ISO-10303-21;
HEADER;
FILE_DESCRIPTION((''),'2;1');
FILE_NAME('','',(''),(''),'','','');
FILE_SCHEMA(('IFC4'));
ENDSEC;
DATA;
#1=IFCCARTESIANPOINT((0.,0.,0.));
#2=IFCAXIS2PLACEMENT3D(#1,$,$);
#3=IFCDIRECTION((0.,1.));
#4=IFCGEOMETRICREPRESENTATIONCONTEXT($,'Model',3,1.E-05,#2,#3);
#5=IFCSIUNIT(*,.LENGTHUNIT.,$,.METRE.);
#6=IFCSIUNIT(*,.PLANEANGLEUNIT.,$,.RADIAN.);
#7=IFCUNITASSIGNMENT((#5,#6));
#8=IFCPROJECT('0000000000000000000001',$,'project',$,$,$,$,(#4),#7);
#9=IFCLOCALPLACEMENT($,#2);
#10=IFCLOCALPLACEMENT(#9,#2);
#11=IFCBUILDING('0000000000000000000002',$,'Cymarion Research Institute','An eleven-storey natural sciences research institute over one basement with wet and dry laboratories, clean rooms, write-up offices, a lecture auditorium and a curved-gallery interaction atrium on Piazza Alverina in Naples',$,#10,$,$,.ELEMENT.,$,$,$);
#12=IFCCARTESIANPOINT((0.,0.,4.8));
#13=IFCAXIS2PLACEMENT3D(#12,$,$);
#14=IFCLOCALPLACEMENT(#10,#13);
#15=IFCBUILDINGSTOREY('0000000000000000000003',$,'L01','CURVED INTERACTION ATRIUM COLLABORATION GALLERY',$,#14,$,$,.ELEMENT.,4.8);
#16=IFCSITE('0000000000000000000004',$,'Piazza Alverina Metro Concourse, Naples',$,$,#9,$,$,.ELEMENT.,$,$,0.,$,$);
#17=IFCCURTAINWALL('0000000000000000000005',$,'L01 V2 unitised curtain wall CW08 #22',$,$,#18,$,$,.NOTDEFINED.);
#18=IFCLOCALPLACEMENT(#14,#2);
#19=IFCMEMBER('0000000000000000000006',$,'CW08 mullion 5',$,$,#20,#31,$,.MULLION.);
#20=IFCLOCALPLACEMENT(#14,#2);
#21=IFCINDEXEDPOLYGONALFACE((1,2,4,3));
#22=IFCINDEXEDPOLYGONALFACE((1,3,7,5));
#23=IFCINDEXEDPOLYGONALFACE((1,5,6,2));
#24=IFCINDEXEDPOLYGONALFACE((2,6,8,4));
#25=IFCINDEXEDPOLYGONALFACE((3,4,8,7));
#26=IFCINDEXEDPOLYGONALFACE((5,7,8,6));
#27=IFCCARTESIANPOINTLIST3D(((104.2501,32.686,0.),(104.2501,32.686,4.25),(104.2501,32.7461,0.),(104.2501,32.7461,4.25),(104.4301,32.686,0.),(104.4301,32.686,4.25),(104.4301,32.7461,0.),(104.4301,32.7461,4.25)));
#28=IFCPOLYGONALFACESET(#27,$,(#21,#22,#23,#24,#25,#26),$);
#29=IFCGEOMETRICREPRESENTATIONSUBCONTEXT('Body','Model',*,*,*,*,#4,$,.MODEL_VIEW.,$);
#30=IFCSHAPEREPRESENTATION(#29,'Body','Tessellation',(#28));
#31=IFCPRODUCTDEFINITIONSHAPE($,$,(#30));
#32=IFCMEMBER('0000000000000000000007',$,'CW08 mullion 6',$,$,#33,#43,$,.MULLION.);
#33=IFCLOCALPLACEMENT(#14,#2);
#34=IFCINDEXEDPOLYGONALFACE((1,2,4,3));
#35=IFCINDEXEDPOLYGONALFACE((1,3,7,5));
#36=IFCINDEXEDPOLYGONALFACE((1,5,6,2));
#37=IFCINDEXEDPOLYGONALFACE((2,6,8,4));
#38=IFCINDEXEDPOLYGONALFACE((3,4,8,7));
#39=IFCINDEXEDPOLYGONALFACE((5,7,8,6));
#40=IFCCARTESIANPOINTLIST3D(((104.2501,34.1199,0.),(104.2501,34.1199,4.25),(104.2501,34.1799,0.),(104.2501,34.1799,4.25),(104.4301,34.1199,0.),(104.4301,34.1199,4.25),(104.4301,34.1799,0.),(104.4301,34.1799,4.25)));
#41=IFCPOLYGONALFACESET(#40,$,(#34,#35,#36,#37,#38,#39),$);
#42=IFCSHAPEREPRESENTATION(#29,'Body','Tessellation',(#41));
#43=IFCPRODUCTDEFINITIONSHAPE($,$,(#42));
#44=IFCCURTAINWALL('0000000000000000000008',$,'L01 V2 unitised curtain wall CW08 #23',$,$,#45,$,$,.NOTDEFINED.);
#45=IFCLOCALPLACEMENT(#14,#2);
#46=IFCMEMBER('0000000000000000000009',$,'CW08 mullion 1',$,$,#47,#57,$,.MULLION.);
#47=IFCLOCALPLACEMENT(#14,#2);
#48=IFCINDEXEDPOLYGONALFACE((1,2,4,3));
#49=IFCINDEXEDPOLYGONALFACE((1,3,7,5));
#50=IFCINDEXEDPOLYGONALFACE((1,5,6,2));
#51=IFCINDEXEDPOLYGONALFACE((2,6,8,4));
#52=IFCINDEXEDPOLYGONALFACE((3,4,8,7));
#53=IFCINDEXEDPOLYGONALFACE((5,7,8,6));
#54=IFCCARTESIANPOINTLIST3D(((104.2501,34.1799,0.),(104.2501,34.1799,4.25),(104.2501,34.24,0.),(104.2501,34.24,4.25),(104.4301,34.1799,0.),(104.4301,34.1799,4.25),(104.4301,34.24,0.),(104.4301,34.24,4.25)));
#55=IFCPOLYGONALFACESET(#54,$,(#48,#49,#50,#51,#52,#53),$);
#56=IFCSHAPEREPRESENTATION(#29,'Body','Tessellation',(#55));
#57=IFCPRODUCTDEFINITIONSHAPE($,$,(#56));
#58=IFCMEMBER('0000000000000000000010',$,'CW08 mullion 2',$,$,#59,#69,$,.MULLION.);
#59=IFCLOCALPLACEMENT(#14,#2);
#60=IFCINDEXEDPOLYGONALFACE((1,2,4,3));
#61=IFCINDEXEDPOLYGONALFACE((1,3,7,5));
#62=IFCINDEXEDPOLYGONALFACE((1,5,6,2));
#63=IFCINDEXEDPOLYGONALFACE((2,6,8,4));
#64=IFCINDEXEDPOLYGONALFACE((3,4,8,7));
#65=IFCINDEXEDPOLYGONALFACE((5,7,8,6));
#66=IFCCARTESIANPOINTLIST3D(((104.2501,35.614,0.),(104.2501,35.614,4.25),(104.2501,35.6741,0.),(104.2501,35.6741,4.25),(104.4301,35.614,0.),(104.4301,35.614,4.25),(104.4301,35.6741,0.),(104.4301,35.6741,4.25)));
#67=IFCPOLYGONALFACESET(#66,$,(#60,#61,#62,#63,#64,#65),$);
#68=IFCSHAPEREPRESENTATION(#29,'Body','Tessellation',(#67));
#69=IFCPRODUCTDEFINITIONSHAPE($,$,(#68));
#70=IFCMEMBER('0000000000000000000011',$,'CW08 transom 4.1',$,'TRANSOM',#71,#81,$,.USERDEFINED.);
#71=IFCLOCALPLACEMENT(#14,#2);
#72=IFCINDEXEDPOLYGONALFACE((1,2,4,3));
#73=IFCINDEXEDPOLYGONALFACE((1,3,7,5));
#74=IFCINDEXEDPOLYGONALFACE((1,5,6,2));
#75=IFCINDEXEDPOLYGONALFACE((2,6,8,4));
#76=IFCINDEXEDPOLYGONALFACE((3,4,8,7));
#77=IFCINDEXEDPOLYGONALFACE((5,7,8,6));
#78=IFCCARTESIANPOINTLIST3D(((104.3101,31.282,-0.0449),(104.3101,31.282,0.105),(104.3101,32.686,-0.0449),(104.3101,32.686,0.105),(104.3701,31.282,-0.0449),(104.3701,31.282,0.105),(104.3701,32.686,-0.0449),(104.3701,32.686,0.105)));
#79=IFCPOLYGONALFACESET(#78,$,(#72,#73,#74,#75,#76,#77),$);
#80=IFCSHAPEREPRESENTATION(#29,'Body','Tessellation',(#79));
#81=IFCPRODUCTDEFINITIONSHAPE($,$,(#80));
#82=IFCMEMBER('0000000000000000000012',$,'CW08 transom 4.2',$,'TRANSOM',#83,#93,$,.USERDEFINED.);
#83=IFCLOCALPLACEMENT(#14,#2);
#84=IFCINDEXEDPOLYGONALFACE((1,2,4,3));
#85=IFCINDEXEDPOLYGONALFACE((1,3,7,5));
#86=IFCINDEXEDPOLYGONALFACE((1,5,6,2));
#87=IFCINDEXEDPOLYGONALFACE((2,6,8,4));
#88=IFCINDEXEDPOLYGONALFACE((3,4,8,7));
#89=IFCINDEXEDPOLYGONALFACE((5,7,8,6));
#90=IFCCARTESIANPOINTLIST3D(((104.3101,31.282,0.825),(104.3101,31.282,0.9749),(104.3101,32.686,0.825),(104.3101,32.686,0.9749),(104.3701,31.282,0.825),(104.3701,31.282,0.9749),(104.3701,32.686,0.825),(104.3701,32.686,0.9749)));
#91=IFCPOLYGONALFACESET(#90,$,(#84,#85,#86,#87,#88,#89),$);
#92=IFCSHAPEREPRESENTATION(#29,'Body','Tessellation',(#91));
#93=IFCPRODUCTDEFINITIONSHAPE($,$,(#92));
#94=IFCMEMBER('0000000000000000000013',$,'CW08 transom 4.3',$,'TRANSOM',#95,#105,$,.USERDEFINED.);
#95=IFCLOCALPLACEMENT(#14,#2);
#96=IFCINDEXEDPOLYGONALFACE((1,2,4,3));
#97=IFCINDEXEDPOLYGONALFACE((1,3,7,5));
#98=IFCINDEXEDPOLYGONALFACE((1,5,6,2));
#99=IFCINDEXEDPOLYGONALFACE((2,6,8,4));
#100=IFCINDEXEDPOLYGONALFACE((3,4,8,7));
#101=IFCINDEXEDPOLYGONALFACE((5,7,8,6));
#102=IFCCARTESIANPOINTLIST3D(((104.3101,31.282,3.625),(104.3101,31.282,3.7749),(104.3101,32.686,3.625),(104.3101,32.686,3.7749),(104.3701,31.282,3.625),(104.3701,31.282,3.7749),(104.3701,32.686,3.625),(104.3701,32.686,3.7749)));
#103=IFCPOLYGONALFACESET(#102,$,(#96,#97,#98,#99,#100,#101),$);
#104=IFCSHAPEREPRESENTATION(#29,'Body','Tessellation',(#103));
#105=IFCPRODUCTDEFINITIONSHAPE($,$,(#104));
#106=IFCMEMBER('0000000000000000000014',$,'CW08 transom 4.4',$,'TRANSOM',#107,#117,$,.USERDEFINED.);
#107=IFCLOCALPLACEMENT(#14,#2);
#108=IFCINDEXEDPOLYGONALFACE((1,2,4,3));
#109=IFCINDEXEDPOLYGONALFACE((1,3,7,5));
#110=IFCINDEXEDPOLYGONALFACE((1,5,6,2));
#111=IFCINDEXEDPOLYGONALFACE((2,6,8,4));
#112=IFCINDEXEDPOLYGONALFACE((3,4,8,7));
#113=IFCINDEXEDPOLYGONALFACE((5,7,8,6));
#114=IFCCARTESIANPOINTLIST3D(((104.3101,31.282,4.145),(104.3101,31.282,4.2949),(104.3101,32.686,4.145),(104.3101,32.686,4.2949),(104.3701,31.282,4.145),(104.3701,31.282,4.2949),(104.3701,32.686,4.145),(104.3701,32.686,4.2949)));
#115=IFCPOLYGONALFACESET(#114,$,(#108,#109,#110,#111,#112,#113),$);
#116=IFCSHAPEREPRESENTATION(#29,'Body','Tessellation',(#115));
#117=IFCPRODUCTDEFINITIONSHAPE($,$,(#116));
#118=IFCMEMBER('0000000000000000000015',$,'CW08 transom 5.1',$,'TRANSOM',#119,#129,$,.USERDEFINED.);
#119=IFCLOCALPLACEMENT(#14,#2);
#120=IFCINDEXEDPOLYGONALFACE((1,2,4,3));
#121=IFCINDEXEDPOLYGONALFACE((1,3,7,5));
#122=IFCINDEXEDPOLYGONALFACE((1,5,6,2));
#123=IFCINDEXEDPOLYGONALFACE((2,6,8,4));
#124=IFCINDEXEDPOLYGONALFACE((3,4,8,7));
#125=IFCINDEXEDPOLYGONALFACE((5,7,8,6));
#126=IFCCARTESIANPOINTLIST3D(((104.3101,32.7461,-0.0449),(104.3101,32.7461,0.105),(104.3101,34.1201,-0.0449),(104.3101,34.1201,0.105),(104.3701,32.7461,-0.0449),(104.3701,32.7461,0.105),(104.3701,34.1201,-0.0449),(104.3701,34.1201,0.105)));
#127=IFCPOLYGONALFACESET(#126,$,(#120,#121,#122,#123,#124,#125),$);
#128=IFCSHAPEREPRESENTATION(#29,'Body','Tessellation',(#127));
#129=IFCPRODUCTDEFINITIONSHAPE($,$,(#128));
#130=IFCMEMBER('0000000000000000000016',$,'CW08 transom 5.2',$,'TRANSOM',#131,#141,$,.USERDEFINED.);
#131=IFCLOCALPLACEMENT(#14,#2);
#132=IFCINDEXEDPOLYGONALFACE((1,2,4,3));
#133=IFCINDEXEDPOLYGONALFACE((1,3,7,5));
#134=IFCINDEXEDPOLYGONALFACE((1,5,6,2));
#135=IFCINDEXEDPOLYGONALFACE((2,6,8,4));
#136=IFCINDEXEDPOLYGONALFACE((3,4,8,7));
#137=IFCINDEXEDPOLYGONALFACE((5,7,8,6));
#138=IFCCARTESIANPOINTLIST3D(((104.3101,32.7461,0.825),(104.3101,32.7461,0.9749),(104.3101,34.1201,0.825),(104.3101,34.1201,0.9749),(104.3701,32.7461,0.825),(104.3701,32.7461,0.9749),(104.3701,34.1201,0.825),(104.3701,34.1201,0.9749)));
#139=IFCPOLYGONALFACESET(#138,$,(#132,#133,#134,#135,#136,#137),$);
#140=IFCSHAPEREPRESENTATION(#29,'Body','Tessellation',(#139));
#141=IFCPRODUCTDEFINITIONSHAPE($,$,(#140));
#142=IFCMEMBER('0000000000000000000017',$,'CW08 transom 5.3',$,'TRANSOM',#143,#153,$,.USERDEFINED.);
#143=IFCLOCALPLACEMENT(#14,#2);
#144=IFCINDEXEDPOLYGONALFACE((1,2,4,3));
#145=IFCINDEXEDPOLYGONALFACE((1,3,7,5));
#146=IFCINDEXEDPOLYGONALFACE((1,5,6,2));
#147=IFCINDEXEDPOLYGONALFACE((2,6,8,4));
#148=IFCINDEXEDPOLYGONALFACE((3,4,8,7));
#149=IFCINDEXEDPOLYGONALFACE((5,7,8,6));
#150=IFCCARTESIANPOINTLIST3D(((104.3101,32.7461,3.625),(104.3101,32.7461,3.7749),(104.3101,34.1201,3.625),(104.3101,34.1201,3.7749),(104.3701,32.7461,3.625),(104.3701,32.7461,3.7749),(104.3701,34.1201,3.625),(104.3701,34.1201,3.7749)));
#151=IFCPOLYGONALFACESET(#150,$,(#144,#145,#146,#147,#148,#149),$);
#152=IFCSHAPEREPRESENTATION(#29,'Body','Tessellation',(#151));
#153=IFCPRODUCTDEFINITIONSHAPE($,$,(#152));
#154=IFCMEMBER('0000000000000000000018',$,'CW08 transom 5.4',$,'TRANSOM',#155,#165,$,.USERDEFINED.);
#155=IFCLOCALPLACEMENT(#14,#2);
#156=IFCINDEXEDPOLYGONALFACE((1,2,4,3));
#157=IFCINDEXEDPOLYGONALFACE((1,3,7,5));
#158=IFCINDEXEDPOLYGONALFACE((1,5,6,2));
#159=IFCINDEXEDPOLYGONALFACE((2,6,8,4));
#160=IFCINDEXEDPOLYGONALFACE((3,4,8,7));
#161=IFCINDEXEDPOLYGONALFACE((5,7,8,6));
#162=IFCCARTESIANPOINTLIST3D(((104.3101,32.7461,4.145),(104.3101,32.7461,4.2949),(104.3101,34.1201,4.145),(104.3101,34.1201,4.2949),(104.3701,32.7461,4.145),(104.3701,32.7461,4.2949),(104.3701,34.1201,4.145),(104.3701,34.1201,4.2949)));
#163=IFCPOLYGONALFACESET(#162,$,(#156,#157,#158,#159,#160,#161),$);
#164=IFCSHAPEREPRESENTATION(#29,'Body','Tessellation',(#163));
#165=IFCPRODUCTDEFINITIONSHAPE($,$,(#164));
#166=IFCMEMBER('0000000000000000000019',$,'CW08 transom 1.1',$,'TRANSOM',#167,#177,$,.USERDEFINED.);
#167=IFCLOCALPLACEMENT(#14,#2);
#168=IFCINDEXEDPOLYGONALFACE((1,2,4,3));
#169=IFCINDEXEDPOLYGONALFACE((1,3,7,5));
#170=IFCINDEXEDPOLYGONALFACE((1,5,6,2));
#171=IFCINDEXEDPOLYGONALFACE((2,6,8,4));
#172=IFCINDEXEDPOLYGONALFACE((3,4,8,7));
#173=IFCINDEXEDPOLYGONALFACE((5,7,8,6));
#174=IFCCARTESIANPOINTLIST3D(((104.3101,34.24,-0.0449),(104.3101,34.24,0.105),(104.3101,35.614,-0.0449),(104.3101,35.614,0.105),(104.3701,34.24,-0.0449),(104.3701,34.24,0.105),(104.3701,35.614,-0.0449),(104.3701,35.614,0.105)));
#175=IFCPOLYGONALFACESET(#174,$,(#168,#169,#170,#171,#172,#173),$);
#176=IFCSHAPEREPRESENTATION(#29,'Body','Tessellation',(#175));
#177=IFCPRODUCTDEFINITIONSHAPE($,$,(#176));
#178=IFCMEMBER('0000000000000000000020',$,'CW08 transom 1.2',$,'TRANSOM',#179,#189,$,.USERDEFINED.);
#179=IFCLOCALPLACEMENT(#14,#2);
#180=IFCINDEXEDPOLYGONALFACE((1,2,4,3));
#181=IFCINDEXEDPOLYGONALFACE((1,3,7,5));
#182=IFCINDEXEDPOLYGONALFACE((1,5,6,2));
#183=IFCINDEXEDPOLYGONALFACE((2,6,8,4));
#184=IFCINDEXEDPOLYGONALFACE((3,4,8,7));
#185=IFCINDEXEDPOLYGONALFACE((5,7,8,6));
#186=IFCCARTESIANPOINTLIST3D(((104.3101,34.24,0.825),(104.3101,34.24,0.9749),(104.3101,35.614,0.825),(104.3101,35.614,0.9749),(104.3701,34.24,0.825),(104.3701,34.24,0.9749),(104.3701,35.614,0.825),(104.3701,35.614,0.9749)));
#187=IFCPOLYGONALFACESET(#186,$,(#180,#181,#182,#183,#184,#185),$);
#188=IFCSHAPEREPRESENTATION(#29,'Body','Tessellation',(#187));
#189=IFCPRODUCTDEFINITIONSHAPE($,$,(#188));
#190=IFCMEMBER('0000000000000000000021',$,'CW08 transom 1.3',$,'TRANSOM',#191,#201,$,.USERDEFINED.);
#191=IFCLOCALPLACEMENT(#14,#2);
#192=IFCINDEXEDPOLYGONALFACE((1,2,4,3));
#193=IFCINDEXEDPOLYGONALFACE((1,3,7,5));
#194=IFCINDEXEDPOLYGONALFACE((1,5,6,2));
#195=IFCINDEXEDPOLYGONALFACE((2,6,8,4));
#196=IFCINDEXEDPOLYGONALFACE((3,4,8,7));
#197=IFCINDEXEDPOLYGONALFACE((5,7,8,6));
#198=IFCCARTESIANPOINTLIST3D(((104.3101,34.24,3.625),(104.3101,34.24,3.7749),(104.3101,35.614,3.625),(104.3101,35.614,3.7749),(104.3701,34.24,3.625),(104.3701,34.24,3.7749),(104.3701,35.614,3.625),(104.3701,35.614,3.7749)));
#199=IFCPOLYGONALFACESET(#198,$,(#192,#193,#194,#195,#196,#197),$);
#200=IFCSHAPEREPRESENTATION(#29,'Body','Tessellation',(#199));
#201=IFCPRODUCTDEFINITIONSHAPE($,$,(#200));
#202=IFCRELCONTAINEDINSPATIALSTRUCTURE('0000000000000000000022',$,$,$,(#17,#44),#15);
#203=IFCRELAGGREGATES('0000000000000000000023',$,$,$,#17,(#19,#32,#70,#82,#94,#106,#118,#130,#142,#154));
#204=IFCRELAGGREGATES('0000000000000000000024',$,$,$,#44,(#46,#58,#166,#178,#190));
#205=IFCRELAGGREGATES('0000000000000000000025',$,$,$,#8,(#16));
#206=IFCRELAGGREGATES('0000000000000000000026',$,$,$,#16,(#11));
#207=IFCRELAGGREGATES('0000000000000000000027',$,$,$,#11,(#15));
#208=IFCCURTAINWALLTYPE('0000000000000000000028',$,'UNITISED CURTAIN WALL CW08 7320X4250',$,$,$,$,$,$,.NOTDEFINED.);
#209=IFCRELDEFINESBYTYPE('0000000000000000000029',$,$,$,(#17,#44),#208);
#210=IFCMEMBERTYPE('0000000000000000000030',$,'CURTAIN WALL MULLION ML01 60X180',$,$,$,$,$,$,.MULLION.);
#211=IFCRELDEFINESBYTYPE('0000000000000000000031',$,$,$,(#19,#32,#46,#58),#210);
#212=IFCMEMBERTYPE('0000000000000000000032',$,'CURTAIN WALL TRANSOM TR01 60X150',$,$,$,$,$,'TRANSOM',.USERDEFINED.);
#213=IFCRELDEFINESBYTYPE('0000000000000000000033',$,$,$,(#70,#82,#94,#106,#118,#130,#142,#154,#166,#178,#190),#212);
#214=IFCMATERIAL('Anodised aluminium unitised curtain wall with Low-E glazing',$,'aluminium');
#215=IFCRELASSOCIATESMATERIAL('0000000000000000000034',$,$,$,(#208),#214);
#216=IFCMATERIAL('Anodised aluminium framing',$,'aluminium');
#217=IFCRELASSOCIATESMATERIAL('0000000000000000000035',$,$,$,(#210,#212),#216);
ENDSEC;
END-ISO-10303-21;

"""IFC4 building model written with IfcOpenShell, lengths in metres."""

from ifc_helpers import new_model, si_unit, direction, frame, origin, origin_2d, place, context, subcontext, project, spatial, rectangle, extrude, material, material_profile, profile_set, type_object, element, aggregate, save


model = new_model("IFC4")

# Units and contexts
model_context = context("Model", 3, precision=1e-05, world=origin(), true_north=direction((0.0, 1.0)))
body_context = subcontext(model_context, "Body", "Model", "MODEL_VIEW")
ifc_project = project(units=[si_unit("LENGTHUNIT", "METRE"), si_unit("PLANEANGLEUNIT", "RADIAN")], contexts=[model_context])

# Site, building, storey
site_placement = place(None, origin())
site = spatial("IfcSite", under=ifc_project, at=site_placement, Name="Piazza Alverina Metro Concourse, Naples", CompositionType="ELEMENT", RefElevation=0.0)
building_placement = place(site_placement, origin())
building = spatial("IfcBuilding", under=site, at=building_placement, Name="Cymarion Research Institute", Description="An eleven-storey natural sciences research institute over one basement with wet and dry laboratories, clean rooms, write-up offices, a lecture auditorium and a curved-gallery interaction atrium on Piazza Alverina in Naples", CompositionType="ELEMENT")
storey_placement = place(building_placement, frame((0.0, 0.0, 4.8)))
storey = spatial("IfcBuildingStorey", under=building, at=storey_placement, Name="L01", Description="CURVED INTERACTION ATRIUM COLLABORATION GALLERY", CompositionType="ELEMENT", Elevation=4.8)

# Curtain walls, members
ifc_material_1 = material(Name="Anodised aluminium unitised curtain wall with Low-E glazing", Category="aluminium")
curtain_wall_type = type_object("IfcCurtainWallType", Name="UNITISED CURTAIN WALL CW08 7320X4250", PredefinedType="NOTDEFINED", material=ifc_material_1)
curtain_wall_1_placement = place(storey_placement, origin())
curtain_wall_1 = element("IfcCurtainWall", 1, at=curtain_wall_1_placement, inside=storey, type_object=curtain_wall_type, Name="L01 V2 unitised curtain wall CW08 #22", PredefinedType="NOTDEFINED")
ifc_material_2 = material(Name="Anodised aluminium framing", Category="aluminium")
ifc_material_profile_1 = material_profile(ifc_material_2, rectangle(XDim=0.0601, YDim=0.1799, at=origin_2d()), Name="ALU MULLION 60x180")
ifc_profile_set_1 = profile_set([ifc_material_profile_1], Name="Anodised aluminium framing")
member_type_1 = type_object("IfcMemberType", Name="CURTAIN WALL MULLION ML01 60X180", PredefinedType="MULLION", material=ifc_profile_set_1)
member_1_placement = place(storey_placement, frame((104.3401, 32.7161, 0.0), z_axis=(0.0, 0.0, 1.0), x_axis=(0.0, 1.0, 0.0)))
member_1 = element("IfcMember", 2, at=member_1_placement, type_object=member_type_1, Name="CW08 mullion 5", PredefinedType="MULLION", context=body_context, shape_type="SweptSolid", body=[
    extrude(rectangle(XDim=0.0601, YDim=0.1799, at=origin_2d()), origin(), (0.0, 0.0, 1.0), 4.25),
])
member_2_placement = place(storey_placement, frame((104.3401, 34.1499, 0.0), z_axis=(0.0, 0.0, 1.0), x_axis=(0.0, 1.0, 0.0)))
member_2 = element("IfcMember", 3, at=member_2_placement, type_object=member_type_1, Name="CW08 mullion 6", PredefinedType="MULLION", context=body_context, shape_type="SweptSolid", body=[
    extrude(rectangle(XDim=0.0601, YDim=0.1799, at=origin_2d()), origin(), (0.0, 0.0, 1.0), 4.25),
])
curtain_wall_2_placement = place(storey_placement, origin())
curtain_wall_2 = element("IfcCurtainWall", 4, at=curtain_wall_2_placement, inside=storey, type_object=curtain_wall_type, Name="L01 V2 unitised curtain wall CW08 #23", PredefinedType="NOTDEFINED")
member_3_placement = place(storey_placement, frame((104.3401, 34.21, 0.0), z_axis=(0.0, 0.0, 1.0), x_axis=(0.0, 1.0, 0.0)))
member_3 = element("IfcMember", 5, at=member_3_placement, type_object=member_type_1, Name="CW08 mullion 1", PredefinedType="MULLION", context=body_context, shape_type="SweptSolid", body=[
    extrude(rectangle(XDim=0.0601, YDim=0.1799, at=origin_2d()), origin(), (0.0, 0.0, 1.0), 4.25),
])
member_4_placement = place(storey_placement, frame((104.3401, 35.644, 0.0), z_axis=(0.0, 0.0, 1.0), x_axis=(0.0, 1.0, 0.0)))
member_4 = element("IfcMember", 6, at=member_4_placement, type_object=member_type_1, Name="CW08 mullion 2", PredefinedType="MULLION", context=body_context, shape_type="SweptSolid", body=[
    extrude(rectangle(XDim=0.0601, YDim=0.1799, at=origin_2d()), origin(), (0.0, 0.0, 1.0), 4.25),
])

# Members
ifc_material_profile_2 = material_profile(ifc_material_2, rectangle(XDim=0.0601, YDim=0.1499, at=origin_2d()), Name="ALU TRANSOM 60x150")
ifc_profile_set_2 = profile_set([ifc_material_profile_2], Name="Anodised aluminium framing")
member_type_2 = type_object("IfcMemberType", Name="CURTAIN WALL TRANSOM TR01 60X150", ElementType="TRANSOM", PredefinedType="USERDEFINED", material=ifc_profile_set_2)
member_5_placement = place(storey_placement, frame((104.3401, 31.282, 0.03), z_axis=(0.0, 1.0, 0.0), x_axis=(-1.0, 0.0, 0.0)))
member_5 = element("IfcMember", 7, at=member_5_placement, type_object=member_type_2, Name="CW08 transom 4.1", ObjectType="TRANSOM", PredefinedType="USERDEFINED", context=body_context, shape_type="SweptSolid", body=[
    extrude(rectangle(XDim=0.0601, YDim=0.1499, at=origin_2d()), origin(), (0.0, 0.0, 1.0), 1.4041),
])
member_6_placement = place(storey_placement, frame((104.3401, 31.282, 0.8999), z_axis=(0.0, 1.0, 0.0), x_axis=(-1.0, 0.0, 0.0)))
member_6 = element("IfcMember", 8, at=member_6_placement, type_object=member_type_2, Name="CW08 transom 4.2", ObjectType="TRANSOM", PredefinedType="USERDEFINED", context=body_context, shape_type="SweptSolid", body=[
    extrude(rectangle(XDim=0.0601, YDim=0.1499, at=origin_2d()), origin(), (0.0, 0.0, 1.0), 1.4041),
])
member_7_placement = place(storey_placement, frame((104.3401, 31.282, 3.7), z_axis=(0.0, 1.0, 0.0), x_axis=(-1.0, 0.0, 0.0)))
member_7 = element("IfcMember", 9, at=member_7_placement, type_object=member_type_2, Name="CW08 transom 4.3", ObjectType="TRANSOM", PredefinedType="USERDEFINED", context=body_context, shape_type="SweptSolid", body=[
    extrude(rectangle(XDim=0.0601, YDim=0.1499, at=origin_2d()), origin(), (0.0, 0.0, 1.0), 1.4041),
])
member_8_placement = place(storey_placement, frame((104.3401, 31.282, 4.22), z_axis=(0.0, 1.0, 0.0), x_axis=(-1.0, 0.0, 0.0)))
member_8 = element("IfcMember", 10, at=member_8_placement, type_object=member_type_2, Name="CW08 transom 4.4", ObjectType="TRANSOM", PredefinedType="USERDEFINED", context=body_context, shape_type="SweptSolid", body=[
    extrude(rectangle(XDim=0.0601, YDim=0.1499, at=origin_2d()), origin(), (0.0, 0.0, 1.0), 1.4041),
])
member_9_placement = place(storey_placement, frame((104.3401, 32.7461, 0.03), z_axis=(0.0, 1.0, 0.0), x_axis=(-1.0, 0.0, 0.0)))
member_9 = element("IfcMember", 11, at=member_9_placement, type_object=member_type_2, Name="CW08 transom 5.1", ObjectType="TRANSOM", PredefinedType="USERDEFINED", context=body_context, shape_type="SweptSolid", body=[
    extrude(rectangle(XDim=0.0601, YDim=0.1499, at=origin_2d()), origin(), (0.0, 0.0, 1.0), 1.374),
])
member_10_placement = place(storey_placement, frame((104.3401, 32.7461, 0.8999), z_axis=(0.0, 1.0, 0.0), x_axis=(-1.0, 0.0, 0.0)))
member_10 = element("IfcMember", 12, at=member_10_placement, type_object=member_type_2, Name="CW08 transom 5.2", ObjectType="TRANSOM", PredefinedType="USERDEFINED", context=body_context, shape_type="SweptSolid", body=[
    extrude(rectangle(XDim=0.0601, YDim=0.1499, at=origin_2d()), origin(), (0.0, 0.0, 1.0), 1.374),
])
member_11_placement = place(storey_placement, frame((104.3401, 32.7461, 3.7), z_axis=(0.0, 1.0, 0.0), x_axis=(-1.0, 0.0, 0.0)))
member_11 = element("IfcMember", 13, at=member_11_placement, type_object=member_type_2, Name="CW08 transom 5.3", ObjectType="TRANSOM", PredefinedType="USERDEFINED", context=body_context, shape_type="SweptSolid", body=[
    extrude(rectangle(XDim=0.0601, YDim=0.1499, at=origin_2d()), origin(), (0.0, 0.0, 1.0), 1.374),
])
member_12_placement = place(storey_placement, frame((104.3401, 32.7461, 4.22), z_axis=(0.0, 1.0, 0.0), x_axis=(-1.0, 0.0, 0.0)))
member_12 = element("IfcMember", 14, at=member_12_placement, type_object=member_type_2, Name="CW08 transom 5.4", ObjectType="TRANSOM", PredefinedType="USERDEFINED", context=body_context, shape_type="SweptSolid", body=[
    extrude(rectangle(XDim=0.0601, YDim=0.1499, at=origin_2d()), origin(), (0.0, 0.0, 1.0), 1.374),
])
member_13_placement = place(storey_placement, frame((104.3401, 34.24, 0.03), z_axis=(0.0, 1.0, 0.0), x_axis=(-1.0, 0.0, 0.0)))
member_13 = element("IfcMember", 15, at=member_13_placement, type_object=member_type_2, Name="CW08 transom 1.1", ObjectType="TRANSOM", PredefinedType="USERDEFINED", context=body_context, shape_type="SweptSolid", body=[
    extrude(rectangle(XDim=0.0601, YDim=0.1499, at=origin_2d()), origin(), (0.0, 0.0, 1.0), 1.374),
])
member_14_placement = place(storey_placement, frame((104.3401, 34.24, 0.8999), z_axis=(0.0, 1.0, 0.0), x_axis=(-1.0, 0.0, 0.0)))
member_14 = element("IfcMember", 16, at=member_14_placement, type_object=member_type_2, Name="CW08 transom 1.2", ObjectType="TRANSOM", PredefinedType="USERDEFINED", context=body_context, shape_type="SweptSolid", body=[
    extrude(rectangle(XDim=0.0601, YDim=0.1499, at=origin_2d()), origin(), (0.0, 0.0, 1.0), 1.374),
])
member_15_placement = place(storey_placement, frame((104.3401, 34.24, 3.7), z_axis=(0.0, 1.0, 0.0), x_axis=(-1.0, 0.0, 0.0)))
member_15 = element("IfcMember", 17, at=member_15_placement, type_object=member_type_2, Name="CW08 transom 1.3", ObjectType="TRANSOM", PredefinedType="USERDEFINED", context=body_context, shape_type="SweptSolid", body=[
    extrude(rectangle(XDim=0.0601, YDim=0.1499, at=origin_2d()), origin(), (0.0, 0.0, 1.0), 1.374),
])

aggregate(curtain_wall_1, [member_1, member_2, member_5, member_6, member_7, member_8, member_9, member_10, member_11, member_12])
aggregate(curtain_wall_2, [member_3, member_4, member_13, member_14, member_15])

save(model, "model.ifc")
